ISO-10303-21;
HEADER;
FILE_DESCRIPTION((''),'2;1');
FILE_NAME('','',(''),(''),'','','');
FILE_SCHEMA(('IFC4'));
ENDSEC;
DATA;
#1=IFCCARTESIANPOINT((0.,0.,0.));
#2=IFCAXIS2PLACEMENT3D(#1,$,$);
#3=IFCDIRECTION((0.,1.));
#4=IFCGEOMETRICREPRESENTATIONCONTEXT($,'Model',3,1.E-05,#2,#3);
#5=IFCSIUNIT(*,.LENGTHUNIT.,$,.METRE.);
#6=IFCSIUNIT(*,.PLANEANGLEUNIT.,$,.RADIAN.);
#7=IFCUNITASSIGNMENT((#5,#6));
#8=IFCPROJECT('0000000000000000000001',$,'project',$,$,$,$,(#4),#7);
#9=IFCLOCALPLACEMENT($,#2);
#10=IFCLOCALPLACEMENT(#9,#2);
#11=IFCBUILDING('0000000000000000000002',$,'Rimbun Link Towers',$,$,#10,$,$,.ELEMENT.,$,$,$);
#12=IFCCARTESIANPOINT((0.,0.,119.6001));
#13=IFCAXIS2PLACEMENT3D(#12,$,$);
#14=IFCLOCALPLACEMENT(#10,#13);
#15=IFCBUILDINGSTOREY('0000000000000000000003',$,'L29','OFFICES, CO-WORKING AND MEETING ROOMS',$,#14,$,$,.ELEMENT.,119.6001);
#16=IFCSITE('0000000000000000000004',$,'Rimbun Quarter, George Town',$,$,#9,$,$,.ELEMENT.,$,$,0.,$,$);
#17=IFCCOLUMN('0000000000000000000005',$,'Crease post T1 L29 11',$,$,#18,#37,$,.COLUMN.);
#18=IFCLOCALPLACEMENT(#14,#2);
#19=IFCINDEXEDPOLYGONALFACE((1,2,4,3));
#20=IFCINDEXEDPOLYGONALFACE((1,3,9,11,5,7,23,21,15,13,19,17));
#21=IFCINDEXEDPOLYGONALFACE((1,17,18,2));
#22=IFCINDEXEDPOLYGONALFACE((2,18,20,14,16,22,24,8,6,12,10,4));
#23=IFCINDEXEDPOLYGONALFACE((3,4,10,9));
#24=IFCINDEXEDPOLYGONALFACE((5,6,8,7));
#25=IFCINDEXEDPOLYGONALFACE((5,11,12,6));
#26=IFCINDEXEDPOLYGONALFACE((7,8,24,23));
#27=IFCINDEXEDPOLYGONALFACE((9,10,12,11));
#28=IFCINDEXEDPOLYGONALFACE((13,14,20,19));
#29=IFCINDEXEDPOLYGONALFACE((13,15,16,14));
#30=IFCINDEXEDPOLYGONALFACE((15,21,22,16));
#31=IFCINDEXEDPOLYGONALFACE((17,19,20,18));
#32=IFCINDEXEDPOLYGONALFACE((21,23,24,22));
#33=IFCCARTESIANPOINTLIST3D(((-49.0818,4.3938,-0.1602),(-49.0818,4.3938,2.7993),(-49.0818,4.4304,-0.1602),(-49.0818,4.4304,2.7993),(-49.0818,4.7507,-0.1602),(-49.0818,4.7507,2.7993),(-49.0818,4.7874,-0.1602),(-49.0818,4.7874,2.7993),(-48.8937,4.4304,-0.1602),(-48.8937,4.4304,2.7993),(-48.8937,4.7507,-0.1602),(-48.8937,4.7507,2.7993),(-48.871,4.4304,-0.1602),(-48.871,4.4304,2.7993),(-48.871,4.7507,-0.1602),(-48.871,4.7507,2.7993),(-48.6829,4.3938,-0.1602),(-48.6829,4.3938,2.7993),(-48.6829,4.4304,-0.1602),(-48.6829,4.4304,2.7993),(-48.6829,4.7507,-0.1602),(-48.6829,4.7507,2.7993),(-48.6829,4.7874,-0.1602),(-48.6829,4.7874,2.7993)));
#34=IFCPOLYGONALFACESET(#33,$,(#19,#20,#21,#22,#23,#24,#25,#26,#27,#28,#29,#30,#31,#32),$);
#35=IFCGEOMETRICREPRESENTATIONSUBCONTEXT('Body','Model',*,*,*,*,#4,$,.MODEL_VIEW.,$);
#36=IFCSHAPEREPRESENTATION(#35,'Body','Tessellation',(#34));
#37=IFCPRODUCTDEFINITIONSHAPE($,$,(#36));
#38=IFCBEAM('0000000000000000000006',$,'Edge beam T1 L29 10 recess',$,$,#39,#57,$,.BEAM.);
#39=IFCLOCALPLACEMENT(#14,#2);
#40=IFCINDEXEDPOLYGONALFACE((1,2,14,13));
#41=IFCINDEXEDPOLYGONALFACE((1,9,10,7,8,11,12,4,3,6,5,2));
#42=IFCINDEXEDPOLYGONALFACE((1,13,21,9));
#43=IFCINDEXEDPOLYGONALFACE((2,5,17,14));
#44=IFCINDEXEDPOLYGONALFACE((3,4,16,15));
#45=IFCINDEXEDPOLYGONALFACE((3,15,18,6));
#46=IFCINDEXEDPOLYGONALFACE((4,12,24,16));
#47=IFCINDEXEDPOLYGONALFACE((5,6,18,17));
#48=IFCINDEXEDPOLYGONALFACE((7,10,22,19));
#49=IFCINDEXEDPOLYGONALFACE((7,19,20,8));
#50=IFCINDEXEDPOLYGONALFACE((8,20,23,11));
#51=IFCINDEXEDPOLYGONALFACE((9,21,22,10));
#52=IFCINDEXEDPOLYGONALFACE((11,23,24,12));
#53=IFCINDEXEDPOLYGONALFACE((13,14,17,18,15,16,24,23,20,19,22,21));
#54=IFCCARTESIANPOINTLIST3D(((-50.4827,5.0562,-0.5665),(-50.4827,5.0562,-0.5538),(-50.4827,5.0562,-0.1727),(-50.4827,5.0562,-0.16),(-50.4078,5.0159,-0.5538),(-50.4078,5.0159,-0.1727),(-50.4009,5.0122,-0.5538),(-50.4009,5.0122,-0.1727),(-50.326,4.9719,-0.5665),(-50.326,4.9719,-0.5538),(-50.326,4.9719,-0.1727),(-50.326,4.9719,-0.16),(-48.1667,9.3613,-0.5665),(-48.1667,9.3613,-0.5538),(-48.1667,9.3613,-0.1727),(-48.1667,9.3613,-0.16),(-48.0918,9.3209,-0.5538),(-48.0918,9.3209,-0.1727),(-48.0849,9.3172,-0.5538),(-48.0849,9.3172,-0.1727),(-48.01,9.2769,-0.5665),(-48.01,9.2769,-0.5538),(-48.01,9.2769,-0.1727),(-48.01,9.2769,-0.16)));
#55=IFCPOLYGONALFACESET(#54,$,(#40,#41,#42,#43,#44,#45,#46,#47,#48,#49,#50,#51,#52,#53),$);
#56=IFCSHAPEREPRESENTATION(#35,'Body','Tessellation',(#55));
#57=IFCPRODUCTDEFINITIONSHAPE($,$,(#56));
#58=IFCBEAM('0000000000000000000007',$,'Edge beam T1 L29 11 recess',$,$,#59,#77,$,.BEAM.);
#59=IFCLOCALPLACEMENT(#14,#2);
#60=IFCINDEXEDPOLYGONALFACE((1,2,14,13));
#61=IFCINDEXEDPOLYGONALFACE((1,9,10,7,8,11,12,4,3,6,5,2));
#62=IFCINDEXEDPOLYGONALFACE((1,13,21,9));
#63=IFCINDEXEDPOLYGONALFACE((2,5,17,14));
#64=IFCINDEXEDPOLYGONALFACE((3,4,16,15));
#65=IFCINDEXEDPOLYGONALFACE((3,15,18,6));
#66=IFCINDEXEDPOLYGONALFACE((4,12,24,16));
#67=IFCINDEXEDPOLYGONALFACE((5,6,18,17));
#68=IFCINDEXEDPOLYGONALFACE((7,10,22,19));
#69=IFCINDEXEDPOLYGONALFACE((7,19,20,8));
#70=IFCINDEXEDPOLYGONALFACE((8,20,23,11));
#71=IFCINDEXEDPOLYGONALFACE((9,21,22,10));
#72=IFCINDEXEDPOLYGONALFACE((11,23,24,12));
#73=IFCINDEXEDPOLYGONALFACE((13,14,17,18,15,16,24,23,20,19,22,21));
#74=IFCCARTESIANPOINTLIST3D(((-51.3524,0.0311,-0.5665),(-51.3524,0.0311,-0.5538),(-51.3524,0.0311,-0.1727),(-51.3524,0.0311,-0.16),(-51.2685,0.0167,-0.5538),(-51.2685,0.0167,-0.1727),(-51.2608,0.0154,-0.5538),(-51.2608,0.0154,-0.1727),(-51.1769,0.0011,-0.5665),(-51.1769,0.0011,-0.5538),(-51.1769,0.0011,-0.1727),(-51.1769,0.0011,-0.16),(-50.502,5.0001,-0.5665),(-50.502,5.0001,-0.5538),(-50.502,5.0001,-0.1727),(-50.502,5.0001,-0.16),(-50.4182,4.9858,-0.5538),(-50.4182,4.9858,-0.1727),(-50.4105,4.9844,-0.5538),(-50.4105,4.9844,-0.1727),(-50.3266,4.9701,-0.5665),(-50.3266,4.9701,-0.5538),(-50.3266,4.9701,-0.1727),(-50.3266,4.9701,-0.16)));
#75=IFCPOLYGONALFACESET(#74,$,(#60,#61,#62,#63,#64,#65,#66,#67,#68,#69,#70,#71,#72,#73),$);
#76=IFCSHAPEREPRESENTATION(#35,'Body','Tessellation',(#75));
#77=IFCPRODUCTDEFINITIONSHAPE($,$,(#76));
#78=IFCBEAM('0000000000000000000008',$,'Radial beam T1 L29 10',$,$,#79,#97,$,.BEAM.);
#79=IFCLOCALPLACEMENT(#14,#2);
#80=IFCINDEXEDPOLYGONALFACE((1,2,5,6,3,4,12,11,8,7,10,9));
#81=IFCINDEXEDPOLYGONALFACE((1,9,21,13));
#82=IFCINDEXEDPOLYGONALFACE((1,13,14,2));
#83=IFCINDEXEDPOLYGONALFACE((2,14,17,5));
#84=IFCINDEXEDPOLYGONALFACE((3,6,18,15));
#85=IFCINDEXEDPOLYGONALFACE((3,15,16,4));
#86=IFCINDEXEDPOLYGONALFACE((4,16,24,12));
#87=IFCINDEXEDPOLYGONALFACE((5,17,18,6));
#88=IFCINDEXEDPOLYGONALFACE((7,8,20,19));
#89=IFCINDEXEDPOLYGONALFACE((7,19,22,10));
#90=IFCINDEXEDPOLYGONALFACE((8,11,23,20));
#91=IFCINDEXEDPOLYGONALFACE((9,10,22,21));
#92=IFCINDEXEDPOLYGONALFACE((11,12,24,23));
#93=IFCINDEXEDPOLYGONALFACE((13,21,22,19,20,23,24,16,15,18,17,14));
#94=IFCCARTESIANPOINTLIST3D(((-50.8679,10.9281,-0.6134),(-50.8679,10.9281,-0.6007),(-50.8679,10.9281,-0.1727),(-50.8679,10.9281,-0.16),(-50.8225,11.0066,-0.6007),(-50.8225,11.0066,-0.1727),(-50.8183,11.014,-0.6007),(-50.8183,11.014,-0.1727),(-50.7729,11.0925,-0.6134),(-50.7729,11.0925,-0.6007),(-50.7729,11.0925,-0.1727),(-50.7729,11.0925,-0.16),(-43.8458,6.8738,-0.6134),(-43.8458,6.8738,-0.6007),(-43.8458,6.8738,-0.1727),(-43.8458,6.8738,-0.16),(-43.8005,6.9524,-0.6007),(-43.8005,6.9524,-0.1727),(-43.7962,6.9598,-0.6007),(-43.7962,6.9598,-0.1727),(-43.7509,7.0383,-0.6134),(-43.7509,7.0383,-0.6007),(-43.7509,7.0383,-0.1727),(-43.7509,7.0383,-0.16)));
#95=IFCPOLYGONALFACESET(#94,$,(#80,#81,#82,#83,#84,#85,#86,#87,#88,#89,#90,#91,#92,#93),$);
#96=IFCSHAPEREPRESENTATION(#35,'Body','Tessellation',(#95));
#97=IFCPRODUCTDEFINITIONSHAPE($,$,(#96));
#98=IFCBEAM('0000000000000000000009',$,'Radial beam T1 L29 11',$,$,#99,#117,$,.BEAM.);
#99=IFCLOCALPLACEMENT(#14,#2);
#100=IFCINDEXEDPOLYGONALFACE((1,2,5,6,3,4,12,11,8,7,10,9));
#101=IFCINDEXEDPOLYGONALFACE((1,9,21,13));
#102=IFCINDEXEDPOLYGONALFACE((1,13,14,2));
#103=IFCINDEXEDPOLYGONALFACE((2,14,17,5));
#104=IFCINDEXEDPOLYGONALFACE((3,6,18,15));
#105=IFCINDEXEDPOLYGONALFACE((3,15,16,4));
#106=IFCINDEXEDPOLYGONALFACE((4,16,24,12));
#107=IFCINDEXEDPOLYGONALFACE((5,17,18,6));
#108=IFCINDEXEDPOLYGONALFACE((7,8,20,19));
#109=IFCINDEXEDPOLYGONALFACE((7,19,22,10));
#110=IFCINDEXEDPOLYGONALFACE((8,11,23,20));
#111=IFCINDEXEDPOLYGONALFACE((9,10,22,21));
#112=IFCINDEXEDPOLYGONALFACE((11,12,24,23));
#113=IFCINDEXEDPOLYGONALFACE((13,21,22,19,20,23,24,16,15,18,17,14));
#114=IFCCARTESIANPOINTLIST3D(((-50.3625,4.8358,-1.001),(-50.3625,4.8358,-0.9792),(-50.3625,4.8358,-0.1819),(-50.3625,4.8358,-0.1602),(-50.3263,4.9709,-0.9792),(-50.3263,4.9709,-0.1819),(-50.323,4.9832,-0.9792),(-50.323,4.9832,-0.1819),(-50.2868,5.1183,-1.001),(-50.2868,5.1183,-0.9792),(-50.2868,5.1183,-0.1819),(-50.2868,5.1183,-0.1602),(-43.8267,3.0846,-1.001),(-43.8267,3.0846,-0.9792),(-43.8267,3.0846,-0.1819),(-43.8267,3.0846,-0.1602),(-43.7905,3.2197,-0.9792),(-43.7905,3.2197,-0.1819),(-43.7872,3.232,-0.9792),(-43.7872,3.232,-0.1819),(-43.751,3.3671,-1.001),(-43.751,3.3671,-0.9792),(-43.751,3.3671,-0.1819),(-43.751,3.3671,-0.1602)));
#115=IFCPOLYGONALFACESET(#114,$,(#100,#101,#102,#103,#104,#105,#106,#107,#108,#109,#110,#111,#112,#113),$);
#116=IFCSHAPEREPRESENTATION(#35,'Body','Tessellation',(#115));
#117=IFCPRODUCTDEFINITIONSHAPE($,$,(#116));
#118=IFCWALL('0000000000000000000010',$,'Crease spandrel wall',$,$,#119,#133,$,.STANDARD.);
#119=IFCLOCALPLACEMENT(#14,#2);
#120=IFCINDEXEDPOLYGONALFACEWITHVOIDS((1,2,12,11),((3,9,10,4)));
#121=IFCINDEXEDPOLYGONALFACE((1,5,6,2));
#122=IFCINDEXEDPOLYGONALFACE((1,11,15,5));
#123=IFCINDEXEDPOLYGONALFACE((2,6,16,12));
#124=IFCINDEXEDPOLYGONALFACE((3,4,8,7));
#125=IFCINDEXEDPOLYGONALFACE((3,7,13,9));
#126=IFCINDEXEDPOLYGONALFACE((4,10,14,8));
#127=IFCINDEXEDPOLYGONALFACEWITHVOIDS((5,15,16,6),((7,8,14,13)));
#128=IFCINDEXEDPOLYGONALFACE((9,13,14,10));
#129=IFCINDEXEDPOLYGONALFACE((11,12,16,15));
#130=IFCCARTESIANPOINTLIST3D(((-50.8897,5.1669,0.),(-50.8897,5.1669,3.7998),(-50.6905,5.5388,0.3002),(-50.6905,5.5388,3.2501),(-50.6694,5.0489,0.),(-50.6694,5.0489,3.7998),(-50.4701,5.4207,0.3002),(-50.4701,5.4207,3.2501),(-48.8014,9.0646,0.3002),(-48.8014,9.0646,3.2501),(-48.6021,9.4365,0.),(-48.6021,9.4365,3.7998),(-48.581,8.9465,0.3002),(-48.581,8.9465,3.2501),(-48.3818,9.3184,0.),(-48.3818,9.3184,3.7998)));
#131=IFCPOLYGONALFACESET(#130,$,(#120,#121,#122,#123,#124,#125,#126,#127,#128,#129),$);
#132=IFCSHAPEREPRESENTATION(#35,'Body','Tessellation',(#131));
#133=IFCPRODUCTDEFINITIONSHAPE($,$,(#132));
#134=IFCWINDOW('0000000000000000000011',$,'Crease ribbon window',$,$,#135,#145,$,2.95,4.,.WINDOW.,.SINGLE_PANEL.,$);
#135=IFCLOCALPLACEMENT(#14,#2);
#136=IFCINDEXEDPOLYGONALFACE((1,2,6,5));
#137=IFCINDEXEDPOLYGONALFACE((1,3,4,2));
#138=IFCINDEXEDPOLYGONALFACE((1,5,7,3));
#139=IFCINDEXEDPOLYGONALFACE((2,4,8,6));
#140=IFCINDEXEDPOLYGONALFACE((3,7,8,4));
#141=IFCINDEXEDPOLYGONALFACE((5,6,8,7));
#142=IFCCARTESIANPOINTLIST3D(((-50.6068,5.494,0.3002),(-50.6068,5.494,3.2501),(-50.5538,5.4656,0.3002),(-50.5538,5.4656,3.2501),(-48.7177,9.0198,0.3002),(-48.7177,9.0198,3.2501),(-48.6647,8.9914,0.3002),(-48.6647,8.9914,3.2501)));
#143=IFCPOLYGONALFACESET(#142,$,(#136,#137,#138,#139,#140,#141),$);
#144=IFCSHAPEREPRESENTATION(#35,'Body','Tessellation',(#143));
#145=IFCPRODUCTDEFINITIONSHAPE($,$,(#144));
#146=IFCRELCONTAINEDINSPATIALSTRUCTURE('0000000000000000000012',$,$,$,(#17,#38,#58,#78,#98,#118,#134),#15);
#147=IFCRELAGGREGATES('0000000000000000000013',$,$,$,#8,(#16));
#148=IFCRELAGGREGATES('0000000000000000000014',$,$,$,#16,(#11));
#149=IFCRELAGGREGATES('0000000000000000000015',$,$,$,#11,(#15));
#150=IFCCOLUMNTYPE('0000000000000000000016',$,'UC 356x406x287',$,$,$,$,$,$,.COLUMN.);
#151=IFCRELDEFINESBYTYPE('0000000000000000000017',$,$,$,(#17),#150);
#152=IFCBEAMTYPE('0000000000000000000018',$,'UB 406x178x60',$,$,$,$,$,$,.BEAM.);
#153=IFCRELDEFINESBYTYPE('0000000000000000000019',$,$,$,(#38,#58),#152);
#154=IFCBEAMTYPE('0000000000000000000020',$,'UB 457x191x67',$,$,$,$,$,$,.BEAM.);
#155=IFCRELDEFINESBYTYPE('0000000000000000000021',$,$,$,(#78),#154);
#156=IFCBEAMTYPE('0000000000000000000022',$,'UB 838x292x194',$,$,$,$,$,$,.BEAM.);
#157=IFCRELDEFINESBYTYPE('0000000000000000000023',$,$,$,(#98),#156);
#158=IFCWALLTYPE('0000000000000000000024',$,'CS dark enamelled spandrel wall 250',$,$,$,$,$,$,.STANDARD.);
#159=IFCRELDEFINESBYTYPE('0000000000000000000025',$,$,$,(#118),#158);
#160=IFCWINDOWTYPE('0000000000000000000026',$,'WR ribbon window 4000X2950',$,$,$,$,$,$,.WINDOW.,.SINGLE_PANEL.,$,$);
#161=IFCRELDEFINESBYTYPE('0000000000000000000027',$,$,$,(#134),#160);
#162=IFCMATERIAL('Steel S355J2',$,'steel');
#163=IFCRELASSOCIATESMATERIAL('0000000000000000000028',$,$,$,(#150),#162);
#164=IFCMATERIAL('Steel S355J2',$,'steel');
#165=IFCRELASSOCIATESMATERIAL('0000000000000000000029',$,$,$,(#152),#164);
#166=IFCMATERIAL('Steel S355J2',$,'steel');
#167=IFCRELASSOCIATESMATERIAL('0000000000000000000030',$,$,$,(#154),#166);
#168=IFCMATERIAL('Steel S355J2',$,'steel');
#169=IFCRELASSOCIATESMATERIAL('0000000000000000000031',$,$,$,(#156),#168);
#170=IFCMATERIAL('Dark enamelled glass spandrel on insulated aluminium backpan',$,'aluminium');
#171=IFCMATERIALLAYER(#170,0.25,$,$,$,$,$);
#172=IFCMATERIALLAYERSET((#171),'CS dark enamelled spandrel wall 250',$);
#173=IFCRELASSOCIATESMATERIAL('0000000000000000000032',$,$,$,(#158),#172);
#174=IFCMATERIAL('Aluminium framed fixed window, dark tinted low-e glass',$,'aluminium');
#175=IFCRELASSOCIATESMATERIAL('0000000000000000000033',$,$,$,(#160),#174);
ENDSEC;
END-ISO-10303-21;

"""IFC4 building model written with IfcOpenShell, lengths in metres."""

from ifc_helpers import new_model, si_unit, direction, frame, frame_2d, origin, origin_2d, place, context, subcontext, project, spatial, rectangle, i_section, extrude, material, layer, layer_set, material_profile, profile_set, type_object, element, fill, save


model = new_model("IFC4")

# Units and contexts
model_context = context("Model", 3, precision=1e-05, world=origin(), true_north=direction((0.0, 1.0)))
body_context = subcontext(model_context, "Body", "Model", "MODEL_VIEW")
ifc_project = project(units=[si_unit("LENGTHUNIT", "METRE"), si_unit("PLANEANGLEUNIT", "RADIAN")], contexts=[model_context])

# Site, building, storey
site_placement = place(None, origin())
site = spatial("IfcSite", under=ifc_project, at=site_placement, Name="Rimbun Quarter, George Town", CompositionType="ELEMENT", RefElevation=0.0)
building_placement = place(site_placement, origin())
building = spatial("IfcBuilding", under=site, at=building_placement, Name="Rimbun Link Towers", CompositionType="ELEMENT")
storey_placement = place(building_placement, frame((0.0, 0.0, 119.6001)))
storey = spatial("IfcBuildingStorey", under=building, at=storey_placement, Name="L29", Description="OFFICES, CO-WORKING AND MEETING ROOMS", CompositionType="ELEMENT", Elevation=119.6001)

# Column
ifc_material_1 = material(Name="Steel S355J2", Category="steel")
ifc_material_profile_1 = material_profile(ifc_material_1, i_section(OverallWidth=0.3989, OverallDepth=0.3936, WebThickness=0.0227, FlangeThickness=0.0366, at=origin_2d()), Name="UC 356x406x287")
ifc_profile_set_1 = profile_set([ifc_material_profile_1], Name="Steel S355J2")
column_type = type_object("IfcColumnType", Name="UC 356x406x287", PredefinedType="COLUMN", material=ifc_profile_set_1)
column_placement = place(storey_placement, frame((-48.8823, 4.5906, -0.1602), z_axis=(0.0, 0.0, 1.0), x_axis=(1.0, 0.0, 0.0)))
element("IfcColumn", 1, at=column_placement, inside=storey, type_object=column_type, Name="Crease post T1 L29 11", PredefinedType="COLUMN", context=body_context, shape_type="SweptSolid", body=[
    extrude(i_section(OverallWidth=0.3989, OverallDepth=0.3936, WebThickness=0.0227, FlangeThickness=0.0366, at=origin_2d()), origin(), (0.0, 0.0, 1.0), 2.9595),
])

# Beams
ifc_material_2 = material(Name="Steel S355J2", Category="steel")
ifc_material_profile_2 = material_profile(ifc_material_2, i_section(OverallWidth=0.178, OverallDepth=0.4065, WebThickness=0.0078, FlangeThickness=0.0127, at=origin_2d()), Name="UB 406x178x60")
ifc_profile_set_2 = profile_set([ifc_material_profile_2], Name="Steel S355J2")
beam_type_1 = type_object("IfcBeamType", Name="UB 406x178x60", PredefinedType="BEAM", material=ifc_profile_set_2)
beam_1_placement = place(storey_placement, frame((-48.0884, 9.3191, -0.3633), z_axis=(-0.473763, -0.880652, 0.0), x_axis=(0.880652, -0.473763, 0.0)))
element("IfcBeam", 2, at=beam_1_placement, inside=storey, type_object=beam_type_1, Name="Edge beam T1 L29 10 recess", PredefinedType="BEAM", context=body_context, shape_type="SweptSolid", body=[
    extrude(i_section(OverallWidth=0.178, OverallDepth=0.4065, WebThickness=0.0078, FlangeThickness=0.0127, at=origin_2d()), origin(), (0.0, 0.0, 1.0), 4.8884),
])
beam_2_placement = place(storey_placement, frame((-50.4143, 4.9851, -0.3633), z_axis=(-0.168677, -0.985671, 0.0), x_axis=(0.985671, -0.168677, 0.0)))
element("IfcBeam", 3, at=beam_2_placement, inside=storey, type_object=beam_type_1, Name="Edge beam T1 L29 11 recess", PredefinedType="BEAM", context=body_context, shape_type="SweptSolid", body=[
    extrude(i_section(OverallWidth=0.178, OverallDepth=0.4065, WebThickness=0.0078, FlangeThickness=0.0127, at=origin_2d()), origin(), (0.0, 0.0, 1.0), 5.0413),
])
ifc_material_3 = material(Name="Steel S355J2", Category="steel")
ifc_material_profile_3 = material_profile(ifc_material_3, i_section(OverallWidth=0.1899, OverallDepth=0.4534, WebThickness=0.0085, FlangeThickness=0.0127, at=origin_2d()), Name="UB 457x191x67")
ifc_profile_set_3 = profile_set([ifc_material_profile_3], Name="Steel S355J2")
beam_type_2 = type_object("IfcBeamType", Name="UB 457x191x67", PredefinedType="BEAM", material=ifc_profile_set_3)
beam_3_placement = place(storey_placement, frame((-43.7983, 6.9561, -0.3867), z_axis=(-0.866022, 0.500006, 0.0), x_axis=(-0.500006, -0.866022, 0.0)))
element("IfcBeam", 4, at=beam_3_placement, inside=storey, type_object=beam_type_2, Name="Radial beam T1 L29 10", PredefinedType="BEAM", context=body_context, shape_type="SweptSolid", body=[
    extrude(i_section(OverallWidth=0.1899, OverallDepth=0.4534, WebThickness=0.0085, FlangeThickness=0.0127, at=origin_2d()), origin(), (0.0, 0.0, 1.0), 8.1084),
])
ifc_material_4 = material(Name="Steel S355J2", Category="steel")
ifc_material_profile_4 = material_profile(ifc_material_4, i_section(OverallWidth=0.2925, OverallDepth=0.8408, WebThickness=0.0127, FlangeThickness=0.0217, at=origin_2d()), Name="UB 838x292x194")
ifc_profile_set_4 = profile_set([ifc_material_profile_4], Name="Steel S355J2")
beam_type_3 = type_object("IfcBeamType", Name="UB 838x292x194", PredefinedType="BEAM", material=ifc_profile_set_4)
beam_4_placement = place(storey_placement, frame((-43.7888, 3.2258, -0.5806), z_axis=(-0.965928, 0.25881, 0.0), x_axis=(-0.25881, -0.965928, 0.0)))
element("IfcBeam", 5, at=beam_4_placement, inside=storey, type_object=beam_type_3, Name="Radial beam T1 L29 11", PredefinedType="BEAM", context=body_context, shape_type="SweptSolid", body=[
    extrude(i_section(OverallWidth=0.2925, OverallDepth=0.8408, WebThickness=0.0127, FlangeThickness=0.0217, at=origin_2d()), origin(), (0.0, 0.0, 1.0), 6.7664),
])

# Wall, opening, window
ifc_material_5 = material(Name="Dark enamelled glass spandrel on insulated aluminium backpan", Category="aluminium")
ifc_layer_1 = layer(ifc_material_5, 0.25)
ifc_layer_set_1 = layer_set([ifc_layer_1], Name="CS dark enamelled spandrel wall 250")
wall_type_1 = type_object("IfcWallType", Name="CS dark enamelled spandrel wall 250", PredefinedType="STANDARD", material=ifc_layer_set_1)
wall_1_placement = place(storey_placement, frame((-50.7795, 5.1079, 0.0), z_axis=(0.0, 0.0, 1.0), x_axis=(0.472277, 0.88145, 0.0)))
wall_1 = element("IfcWall", 6, at=wall_1_placement, inside=storey, type_object=wall_type_1, Name="Crease spandrel wall", PredefinedType="STANDARD", context=body_context, shape_type="SweptSolid", body=[
    extrude(rectangle(XDim=4.8438, YDim=0.25, at=frame_2d((2.4219, 0.0))), origin(), (0.0, 0.0, 1.0), 3.7998),
])
opening_1_placement = place(wall_1_placement, frame((0.4219, 0.0, 0.3)))
opening_1 = element("IfcOpeningElement", 7, at=opening_1_placement, cuts=wall_1, PredefinedType="OPENING", context=body_context, shape_type="SweptSolid", body=[
    extrude(rectangle(XDim=4.0, YDim=2.95, at=frame_2d((2.0, 1.4751))), frame((0.0, 0.135, 0.0), z_axis=(0.0, -1.0, 0.0), x_axis=(1.0, 0.0, 0.0)), (0.0, 0.0, 1.0), 0.27),
])
ifc_material_6 = material(Name="Aluminium framed fixed window, dark tinted low-e glass", Category="aluminium")
window_type_1 = type_object("IfcWindowType", Name="WR ribbon window 4000X2950", PartitioningType="SINGLE_PANEL", PredefinedType="WINDOW", material=ifc_material_6)
window_1_placement = place(opening_1_placement, origin())
window_1 = element("IfcWindow", 8, at=window_1_placement, inside=storey, type_object=window_type_1, Name="Crease ribbon window", OverallHeight=2.95, OverallWidth=4.0, PartitioningType="SINGLE_PANEL", PredefinedType="WINDOW", context=body_context, shape_type="SweptSolid", body=[
    extrude(rectangle(XDim=4.0, YDim=2.95, at=frame_2d((2.0, 1.4751))), frame((0.0, 0.03, 0.0), z_axis=(0.0, -1.0, 0.0), x_axis=(1.0, 0.0, 0.0)), (0.0, 0.0, 1.0), 0.0601),
])
fill(opening_1, window_1)

save(model, "model.ifc")
